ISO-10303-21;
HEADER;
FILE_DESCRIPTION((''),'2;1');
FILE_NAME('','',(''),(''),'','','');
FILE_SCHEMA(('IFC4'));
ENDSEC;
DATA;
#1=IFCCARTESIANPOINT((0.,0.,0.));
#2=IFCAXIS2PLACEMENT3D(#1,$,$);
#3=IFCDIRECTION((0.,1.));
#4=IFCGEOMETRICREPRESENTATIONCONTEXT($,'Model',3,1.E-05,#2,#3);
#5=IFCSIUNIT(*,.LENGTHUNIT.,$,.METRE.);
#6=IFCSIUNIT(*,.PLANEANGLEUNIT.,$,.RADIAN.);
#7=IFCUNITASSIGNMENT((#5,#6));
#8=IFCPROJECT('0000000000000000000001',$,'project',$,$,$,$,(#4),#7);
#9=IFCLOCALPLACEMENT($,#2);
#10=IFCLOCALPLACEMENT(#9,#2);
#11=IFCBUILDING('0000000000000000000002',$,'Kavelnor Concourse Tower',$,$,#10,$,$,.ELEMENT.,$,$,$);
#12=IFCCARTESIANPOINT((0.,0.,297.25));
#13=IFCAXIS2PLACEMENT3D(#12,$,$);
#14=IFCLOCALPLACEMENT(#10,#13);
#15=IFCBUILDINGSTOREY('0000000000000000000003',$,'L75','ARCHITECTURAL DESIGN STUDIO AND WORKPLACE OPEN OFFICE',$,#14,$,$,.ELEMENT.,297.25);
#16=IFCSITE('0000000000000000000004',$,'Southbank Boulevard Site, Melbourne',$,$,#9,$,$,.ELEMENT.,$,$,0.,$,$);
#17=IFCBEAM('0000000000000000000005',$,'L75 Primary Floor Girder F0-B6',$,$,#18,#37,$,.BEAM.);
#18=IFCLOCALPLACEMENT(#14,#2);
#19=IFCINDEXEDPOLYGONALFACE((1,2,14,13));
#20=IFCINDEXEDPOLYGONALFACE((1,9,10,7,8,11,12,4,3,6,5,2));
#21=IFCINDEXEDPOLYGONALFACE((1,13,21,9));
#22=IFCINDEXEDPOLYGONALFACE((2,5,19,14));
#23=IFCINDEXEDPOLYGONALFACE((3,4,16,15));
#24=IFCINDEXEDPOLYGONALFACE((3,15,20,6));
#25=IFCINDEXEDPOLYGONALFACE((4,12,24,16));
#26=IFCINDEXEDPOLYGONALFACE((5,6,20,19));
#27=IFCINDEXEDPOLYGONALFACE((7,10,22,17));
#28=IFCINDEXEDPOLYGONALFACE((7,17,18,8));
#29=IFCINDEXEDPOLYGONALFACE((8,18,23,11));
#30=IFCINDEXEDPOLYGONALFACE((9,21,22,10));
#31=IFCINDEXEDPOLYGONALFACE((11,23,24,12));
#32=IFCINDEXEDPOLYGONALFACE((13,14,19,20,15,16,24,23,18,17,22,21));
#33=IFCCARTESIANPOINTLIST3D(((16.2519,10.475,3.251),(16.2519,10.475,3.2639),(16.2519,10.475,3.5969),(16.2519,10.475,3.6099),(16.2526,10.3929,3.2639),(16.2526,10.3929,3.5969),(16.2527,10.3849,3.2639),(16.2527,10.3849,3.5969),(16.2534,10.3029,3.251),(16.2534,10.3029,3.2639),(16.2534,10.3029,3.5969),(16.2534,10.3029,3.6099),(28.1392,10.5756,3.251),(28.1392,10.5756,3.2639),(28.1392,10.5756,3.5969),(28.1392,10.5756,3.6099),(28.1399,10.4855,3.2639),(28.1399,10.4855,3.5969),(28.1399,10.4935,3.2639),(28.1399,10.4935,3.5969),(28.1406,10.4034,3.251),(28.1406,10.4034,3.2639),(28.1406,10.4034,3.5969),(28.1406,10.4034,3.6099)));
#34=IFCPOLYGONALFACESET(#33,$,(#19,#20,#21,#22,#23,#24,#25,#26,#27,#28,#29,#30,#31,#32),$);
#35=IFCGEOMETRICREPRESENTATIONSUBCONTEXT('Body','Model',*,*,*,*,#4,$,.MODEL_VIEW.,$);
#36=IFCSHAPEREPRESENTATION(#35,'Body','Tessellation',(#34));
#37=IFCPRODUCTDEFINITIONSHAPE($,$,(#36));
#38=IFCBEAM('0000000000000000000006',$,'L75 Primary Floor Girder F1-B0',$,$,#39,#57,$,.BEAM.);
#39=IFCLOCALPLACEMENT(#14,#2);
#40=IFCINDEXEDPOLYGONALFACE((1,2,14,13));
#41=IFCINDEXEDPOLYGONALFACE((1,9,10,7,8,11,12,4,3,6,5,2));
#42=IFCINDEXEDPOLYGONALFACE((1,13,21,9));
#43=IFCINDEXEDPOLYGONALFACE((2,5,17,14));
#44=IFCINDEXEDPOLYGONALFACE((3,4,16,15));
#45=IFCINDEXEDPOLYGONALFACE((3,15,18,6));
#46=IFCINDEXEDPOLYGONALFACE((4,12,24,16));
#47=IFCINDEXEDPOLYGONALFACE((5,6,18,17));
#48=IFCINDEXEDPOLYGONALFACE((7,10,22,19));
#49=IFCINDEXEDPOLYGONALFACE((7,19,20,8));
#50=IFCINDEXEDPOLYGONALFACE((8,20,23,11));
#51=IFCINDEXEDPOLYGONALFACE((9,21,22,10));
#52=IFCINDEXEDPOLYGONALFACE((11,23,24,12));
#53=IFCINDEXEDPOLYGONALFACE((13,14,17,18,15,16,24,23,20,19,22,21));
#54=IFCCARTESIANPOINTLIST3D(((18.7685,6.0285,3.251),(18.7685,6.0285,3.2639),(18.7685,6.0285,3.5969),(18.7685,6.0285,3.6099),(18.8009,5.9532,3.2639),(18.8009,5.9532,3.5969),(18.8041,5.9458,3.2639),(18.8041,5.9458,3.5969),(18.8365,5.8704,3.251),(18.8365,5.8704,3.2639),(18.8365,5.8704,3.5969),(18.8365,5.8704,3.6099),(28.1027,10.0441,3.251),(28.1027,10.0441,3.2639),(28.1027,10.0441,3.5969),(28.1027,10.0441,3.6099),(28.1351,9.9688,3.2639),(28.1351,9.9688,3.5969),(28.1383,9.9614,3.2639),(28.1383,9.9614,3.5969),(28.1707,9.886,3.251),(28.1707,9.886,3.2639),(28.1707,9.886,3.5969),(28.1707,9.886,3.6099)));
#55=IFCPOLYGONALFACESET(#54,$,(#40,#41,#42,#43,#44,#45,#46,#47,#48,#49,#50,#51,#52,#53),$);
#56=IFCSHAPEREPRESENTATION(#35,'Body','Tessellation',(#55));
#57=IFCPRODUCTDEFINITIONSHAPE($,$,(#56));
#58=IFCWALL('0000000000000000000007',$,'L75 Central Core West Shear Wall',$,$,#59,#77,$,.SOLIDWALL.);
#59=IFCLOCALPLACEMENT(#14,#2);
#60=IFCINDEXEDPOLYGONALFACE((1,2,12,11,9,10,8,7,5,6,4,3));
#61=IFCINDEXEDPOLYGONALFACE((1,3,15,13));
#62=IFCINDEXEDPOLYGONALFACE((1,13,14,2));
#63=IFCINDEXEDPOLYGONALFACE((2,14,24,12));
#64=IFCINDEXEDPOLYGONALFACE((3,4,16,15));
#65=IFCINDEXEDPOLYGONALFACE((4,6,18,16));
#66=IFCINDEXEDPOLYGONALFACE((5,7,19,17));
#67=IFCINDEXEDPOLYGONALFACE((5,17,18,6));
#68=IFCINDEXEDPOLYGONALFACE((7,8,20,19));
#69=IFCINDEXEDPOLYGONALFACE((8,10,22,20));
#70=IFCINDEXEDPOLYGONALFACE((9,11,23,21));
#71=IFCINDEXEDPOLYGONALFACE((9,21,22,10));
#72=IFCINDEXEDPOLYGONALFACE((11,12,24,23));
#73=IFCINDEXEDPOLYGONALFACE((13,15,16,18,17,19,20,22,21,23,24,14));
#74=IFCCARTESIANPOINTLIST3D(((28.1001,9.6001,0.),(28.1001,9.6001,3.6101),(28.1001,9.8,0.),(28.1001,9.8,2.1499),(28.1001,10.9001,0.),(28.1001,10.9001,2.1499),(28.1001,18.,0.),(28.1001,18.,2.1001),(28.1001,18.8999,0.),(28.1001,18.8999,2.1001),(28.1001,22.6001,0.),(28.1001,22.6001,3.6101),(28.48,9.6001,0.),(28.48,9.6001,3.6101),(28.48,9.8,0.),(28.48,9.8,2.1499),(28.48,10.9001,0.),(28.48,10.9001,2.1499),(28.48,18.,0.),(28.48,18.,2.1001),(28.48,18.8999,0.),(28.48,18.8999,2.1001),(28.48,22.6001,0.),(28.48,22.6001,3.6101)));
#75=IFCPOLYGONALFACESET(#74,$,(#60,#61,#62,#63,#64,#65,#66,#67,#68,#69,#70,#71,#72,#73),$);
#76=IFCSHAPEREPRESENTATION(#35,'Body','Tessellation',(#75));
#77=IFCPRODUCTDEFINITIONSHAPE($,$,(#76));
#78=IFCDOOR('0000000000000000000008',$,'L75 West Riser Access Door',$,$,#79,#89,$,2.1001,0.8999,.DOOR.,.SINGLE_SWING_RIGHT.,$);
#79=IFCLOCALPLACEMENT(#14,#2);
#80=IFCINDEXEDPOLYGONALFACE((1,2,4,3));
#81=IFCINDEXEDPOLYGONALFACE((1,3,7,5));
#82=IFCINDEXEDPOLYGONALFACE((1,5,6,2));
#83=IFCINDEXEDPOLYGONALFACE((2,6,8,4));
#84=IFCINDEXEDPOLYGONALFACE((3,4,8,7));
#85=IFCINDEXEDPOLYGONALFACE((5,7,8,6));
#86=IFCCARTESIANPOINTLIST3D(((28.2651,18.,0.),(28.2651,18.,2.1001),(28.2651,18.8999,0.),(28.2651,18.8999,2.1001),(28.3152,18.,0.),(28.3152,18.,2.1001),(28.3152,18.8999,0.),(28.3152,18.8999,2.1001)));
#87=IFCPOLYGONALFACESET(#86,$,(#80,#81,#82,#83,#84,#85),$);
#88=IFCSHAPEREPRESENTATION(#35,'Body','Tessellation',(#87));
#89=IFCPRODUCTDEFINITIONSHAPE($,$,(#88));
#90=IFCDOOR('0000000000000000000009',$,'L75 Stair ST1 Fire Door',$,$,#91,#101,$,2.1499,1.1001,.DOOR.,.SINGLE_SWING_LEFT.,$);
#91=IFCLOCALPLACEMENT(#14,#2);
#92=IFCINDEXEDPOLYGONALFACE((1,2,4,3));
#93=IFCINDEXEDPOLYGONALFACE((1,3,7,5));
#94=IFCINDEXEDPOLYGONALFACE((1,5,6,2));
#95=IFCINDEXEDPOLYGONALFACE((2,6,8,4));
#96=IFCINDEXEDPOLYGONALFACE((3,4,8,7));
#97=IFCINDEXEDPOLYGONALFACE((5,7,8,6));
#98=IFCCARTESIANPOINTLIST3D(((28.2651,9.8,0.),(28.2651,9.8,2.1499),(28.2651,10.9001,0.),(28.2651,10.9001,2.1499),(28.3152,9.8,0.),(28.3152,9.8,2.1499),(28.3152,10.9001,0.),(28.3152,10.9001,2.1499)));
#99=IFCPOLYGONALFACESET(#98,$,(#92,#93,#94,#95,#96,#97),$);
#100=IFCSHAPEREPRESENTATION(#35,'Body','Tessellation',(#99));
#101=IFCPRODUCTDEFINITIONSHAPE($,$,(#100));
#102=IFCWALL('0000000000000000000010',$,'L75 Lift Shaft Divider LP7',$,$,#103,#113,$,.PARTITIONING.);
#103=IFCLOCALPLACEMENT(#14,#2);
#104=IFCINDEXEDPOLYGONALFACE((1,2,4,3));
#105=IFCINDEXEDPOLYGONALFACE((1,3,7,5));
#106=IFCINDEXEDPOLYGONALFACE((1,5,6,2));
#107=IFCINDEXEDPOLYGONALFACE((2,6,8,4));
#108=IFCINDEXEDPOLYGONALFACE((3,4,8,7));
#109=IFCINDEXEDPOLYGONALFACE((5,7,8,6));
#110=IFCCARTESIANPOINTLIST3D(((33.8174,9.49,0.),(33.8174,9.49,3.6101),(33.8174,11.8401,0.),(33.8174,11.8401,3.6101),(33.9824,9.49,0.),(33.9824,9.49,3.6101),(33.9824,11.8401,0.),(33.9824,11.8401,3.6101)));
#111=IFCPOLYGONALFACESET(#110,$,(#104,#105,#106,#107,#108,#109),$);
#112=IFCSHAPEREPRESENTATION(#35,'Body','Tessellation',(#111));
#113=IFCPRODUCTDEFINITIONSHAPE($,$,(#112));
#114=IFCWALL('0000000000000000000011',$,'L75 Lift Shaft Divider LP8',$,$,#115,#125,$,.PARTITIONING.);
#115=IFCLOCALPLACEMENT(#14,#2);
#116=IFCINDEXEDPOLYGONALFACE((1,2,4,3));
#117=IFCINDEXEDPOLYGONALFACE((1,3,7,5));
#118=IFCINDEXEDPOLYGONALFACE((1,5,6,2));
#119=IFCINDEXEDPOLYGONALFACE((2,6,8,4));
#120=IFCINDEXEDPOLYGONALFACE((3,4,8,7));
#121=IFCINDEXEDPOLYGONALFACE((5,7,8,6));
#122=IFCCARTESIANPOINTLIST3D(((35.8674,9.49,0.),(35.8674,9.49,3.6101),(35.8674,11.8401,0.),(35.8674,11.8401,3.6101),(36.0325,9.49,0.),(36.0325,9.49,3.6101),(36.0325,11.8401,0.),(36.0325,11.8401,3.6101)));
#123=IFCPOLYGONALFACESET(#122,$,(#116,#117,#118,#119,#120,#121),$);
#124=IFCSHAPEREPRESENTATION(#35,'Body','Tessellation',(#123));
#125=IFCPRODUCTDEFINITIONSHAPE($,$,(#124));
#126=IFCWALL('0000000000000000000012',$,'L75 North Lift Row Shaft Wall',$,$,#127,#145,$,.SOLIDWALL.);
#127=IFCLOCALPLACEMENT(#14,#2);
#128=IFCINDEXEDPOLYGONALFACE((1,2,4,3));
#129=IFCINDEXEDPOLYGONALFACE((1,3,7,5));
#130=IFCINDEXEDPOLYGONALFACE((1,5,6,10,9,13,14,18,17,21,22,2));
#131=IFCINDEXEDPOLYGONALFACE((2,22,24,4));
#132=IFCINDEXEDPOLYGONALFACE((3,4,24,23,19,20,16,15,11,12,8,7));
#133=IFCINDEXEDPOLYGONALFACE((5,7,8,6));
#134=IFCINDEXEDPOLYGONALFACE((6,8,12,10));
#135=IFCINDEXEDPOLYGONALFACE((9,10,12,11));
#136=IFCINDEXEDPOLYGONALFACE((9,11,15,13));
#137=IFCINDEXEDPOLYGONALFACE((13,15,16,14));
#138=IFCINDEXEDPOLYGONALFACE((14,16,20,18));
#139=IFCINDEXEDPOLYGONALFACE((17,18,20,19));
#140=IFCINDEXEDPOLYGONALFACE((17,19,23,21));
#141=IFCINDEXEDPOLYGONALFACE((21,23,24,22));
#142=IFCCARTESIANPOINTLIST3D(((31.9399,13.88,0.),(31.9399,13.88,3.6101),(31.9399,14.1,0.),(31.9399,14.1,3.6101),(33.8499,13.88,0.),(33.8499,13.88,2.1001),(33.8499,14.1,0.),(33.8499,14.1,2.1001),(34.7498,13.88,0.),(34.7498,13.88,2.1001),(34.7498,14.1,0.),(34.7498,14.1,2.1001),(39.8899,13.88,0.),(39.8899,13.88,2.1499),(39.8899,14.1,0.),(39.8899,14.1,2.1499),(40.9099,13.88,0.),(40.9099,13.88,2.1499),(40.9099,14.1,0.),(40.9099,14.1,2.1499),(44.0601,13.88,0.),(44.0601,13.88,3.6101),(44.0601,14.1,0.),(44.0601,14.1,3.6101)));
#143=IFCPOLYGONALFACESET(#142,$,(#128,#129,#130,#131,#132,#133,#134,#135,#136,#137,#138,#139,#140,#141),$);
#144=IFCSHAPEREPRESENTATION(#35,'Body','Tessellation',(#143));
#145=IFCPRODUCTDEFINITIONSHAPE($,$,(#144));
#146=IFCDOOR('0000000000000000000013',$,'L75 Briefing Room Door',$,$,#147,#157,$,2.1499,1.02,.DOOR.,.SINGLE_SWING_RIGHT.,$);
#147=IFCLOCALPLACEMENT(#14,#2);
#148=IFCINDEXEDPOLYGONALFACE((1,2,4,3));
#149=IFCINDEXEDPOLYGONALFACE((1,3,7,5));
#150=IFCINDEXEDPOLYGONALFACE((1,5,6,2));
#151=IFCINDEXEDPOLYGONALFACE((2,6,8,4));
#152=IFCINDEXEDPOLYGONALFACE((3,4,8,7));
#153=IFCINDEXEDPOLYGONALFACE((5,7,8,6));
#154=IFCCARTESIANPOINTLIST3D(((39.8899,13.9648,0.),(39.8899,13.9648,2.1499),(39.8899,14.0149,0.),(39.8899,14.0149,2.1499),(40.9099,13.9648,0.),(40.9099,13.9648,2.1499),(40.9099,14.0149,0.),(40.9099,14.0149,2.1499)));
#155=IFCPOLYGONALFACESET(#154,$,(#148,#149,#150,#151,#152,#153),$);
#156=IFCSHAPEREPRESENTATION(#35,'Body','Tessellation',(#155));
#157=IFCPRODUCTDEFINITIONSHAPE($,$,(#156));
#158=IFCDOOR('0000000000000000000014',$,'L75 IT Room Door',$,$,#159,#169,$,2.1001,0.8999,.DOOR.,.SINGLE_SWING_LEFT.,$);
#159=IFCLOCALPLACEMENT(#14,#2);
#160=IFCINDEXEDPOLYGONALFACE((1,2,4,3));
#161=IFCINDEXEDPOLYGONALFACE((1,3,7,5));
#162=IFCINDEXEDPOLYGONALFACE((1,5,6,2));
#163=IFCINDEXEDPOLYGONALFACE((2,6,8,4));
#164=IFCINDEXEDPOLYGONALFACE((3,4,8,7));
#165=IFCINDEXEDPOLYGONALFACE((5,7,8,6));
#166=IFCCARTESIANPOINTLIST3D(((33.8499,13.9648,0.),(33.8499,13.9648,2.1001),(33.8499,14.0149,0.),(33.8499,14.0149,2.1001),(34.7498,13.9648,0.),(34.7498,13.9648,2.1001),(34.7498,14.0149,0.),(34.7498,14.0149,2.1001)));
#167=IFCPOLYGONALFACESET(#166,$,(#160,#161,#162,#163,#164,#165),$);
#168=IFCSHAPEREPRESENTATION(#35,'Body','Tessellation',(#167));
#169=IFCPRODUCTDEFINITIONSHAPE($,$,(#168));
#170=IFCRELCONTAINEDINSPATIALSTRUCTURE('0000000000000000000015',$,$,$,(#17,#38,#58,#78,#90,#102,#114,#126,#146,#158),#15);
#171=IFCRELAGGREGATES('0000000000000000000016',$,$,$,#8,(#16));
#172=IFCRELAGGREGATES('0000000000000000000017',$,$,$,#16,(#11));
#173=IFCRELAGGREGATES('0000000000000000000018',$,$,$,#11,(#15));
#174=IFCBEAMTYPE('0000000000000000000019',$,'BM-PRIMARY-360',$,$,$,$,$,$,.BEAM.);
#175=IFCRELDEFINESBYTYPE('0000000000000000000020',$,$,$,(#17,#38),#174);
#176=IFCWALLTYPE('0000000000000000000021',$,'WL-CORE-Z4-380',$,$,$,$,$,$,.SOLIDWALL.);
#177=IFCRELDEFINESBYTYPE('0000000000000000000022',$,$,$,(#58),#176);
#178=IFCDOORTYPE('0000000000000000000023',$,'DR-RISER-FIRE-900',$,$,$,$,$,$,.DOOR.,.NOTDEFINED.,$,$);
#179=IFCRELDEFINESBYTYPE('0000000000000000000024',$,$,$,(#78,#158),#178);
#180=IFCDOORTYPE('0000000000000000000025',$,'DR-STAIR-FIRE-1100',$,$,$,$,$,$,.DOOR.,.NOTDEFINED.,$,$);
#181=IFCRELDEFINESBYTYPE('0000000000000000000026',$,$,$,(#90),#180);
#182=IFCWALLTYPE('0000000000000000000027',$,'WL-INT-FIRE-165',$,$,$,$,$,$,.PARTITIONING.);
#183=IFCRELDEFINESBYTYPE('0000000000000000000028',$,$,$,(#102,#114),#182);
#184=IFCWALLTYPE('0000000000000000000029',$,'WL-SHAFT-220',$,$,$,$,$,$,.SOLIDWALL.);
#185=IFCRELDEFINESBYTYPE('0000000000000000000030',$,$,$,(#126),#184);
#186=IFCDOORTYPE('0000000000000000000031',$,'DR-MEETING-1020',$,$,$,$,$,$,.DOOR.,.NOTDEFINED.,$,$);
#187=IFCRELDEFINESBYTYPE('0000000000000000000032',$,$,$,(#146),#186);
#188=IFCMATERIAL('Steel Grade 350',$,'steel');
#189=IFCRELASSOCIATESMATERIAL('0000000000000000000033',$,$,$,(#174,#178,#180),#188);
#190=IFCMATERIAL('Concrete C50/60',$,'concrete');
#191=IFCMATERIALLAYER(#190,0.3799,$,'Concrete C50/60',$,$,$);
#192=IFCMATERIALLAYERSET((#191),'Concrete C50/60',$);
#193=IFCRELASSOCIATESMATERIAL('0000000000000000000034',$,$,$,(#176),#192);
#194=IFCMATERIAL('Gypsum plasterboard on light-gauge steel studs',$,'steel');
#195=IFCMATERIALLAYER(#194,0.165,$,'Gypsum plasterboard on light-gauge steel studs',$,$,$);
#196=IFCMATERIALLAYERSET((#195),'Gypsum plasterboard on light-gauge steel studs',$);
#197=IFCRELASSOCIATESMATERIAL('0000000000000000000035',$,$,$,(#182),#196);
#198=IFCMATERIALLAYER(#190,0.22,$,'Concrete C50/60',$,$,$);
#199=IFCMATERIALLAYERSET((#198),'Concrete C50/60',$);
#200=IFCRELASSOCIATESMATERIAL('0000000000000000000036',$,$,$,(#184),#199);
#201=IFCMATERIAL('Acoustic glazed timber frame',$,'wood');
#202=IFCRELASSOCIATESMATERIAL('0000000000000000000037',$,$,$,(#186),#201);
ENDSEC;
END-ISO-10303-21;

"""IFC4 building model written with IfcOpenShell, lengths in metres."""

from ifc_helpers import new_model, si_unit, direction, frame, frame_2d, origin, origin_2d, place, context, subcontext, project, spatial, rectangle, i_section, extrude, material, layer, layer_set, material_profile, profile_set, type_object, element, fill, save


model = new_model("IFC4")

# Units and contexts
model_context = context("Model", 3, precision=1e-05, world=origin(), true_north=direction((0.0, 1.0)))
body_context = subcontext(model_context, "Body", "Model", "MODEL_VIEW")
ifc_project = project(units=[si_unit("LENGTHUNIT", "METRE"), si_unit("PLANEANGLEUNIT", "RADIAN")], contexts=[model_context])

# Site, building, storey
site_placement = place(None, origin())
site = spatial("IfcSite", under=ifc_project, at=site_placement, Name="Southbank Boulevard Site, Melbourne", CompositionType="ELEMENT", RefElevation=0.0)
building_placement = place(site_placement, origin())
building = spatial("IfcBuilding", under=site, at=building_placement, Name="Kavelnor Concourse Tower", CompositionType="ELEMENT")
storey_placement = place(building_placement, frame((0.0, 0.0, 297.25)))
storey = spatial("IfcBuildingStorey", under=building, at=storey_placement, Name="L75", Description="ARCHITECTURAL DESIGN STUDIO AND WORKPLACE OPEN OFFICE", CompositionType="ELEMENT", Elevation=297.25)

# Beams
ifc_material_1 = material(Name="Steel Grade 350", Category="steel")
ifc_material_profile = material_profile(ifc_material_1, i_section(OverallWidth=0.1721, OverallDepth=0.3589, WebThickness=0.0081, FlangeThickness=0.0129, at=origin_2d()), Name="360UB56")
ifc_profile_set = profile_set([ifc_material_profile], Name="Steel Grade 350")
beam_type = type_object("IfcBeamType", Name="BM-PRIMARY-360", PredefinedType="BEAM", material=ifc_profile_set)
beam_1_placement = place(storey_placement, frame((28.1399, 10.4895, 3.4304), z_axis=(-0.999964, -0.008461, 0.0), x_axis=(0.008461, -0.999964, 0.0)))
element("IfcBeam", 1, at=beam_1_placement, inside=storey, type_object=beam_type, Name="L75 Primary Floor Girder F0-B6", PredefinedType="BEAM", context=body_context, shape_type="SweptSolid", body=[
    extrude(i_section(OverallWidth=0.1721, OverallDepth=0.3589, WebThickness=0.0081, FlangeThickness=0.0129, at=origin_2d()), origin(), (0.0, 0.0, 1.0), 11.8877),
])
beam_2_placement = place(storey_placement, frame((28.1367, 9.9651, 3.4304), z_axis=(-0.918601, -0.395186, 0.0), x_axis=(0.395186, -0.918601, 0.0)))
element("IfcBeam", 2, at=beam_2_placement, inside=storey, type_object=beam_type, Name="L75 Primary Floor Girder F1-B0", PredefinedType="BEAM", context=body_context, shape_type="SweptSolid", body=[
    extrude(i_section(OverallWidth=0.1721, OverallDepth=0.3589, WebThickness=0.0081, FlangeThickness=0.0129, at=origin_2d()), origin(), (0.0, 0.0, 1.0), 10.1614),
])

# Wall, openings, doors
ifc_material_2 = material(Name="Concrete C50/60", Category="concrete")
ifc_layer_1 = layer(ifc_material_2, 0.3799, Name="Concrete C50/60")
ifc_layer_set_1 = layer_set([ifc_layer_1], Name="Concrete C50/60")
wall_type_1 = type_object("IfcWallType", Name="WL-CORE-Z4-380", PredefinedType="SOLIDWALL", material=ifc_layer_set_1)
wall_1_placement = place(storey_placement, frame((28.29, 9.6001, 0.0), z_axis=(0.0, 0.0, 1.0), x_axis=(0.0, 1.0, 0.0)))
wall_1 = element("IfcWall", 3, at=wall_1_placement, inside=storey, type_object=wall_type_1, Name="L75 Central Core West Shear Wall", PredefinedType="SOLIDWALL", context=body_context, shape_type="SweptSolid", body=[
    extrude(rectangle(XDim=13.0, YDim=0.3799, at=frame_2d((6.5, 0.0))), origin(), (0.0, 0.0, 1.0), 3.6101),
])
opening_1_placement = place(wall_1_placement, frame((0.2, 0.0, 0.0)))
opening_1 = element("IfcOpeningElement", 4, at=opening_1_placement, cuts=wall_1, PredefinedType="OPENING", context=body_context, shape_type="SweptSolid", body=[
    extrude(rectangle(XDim=1.1001, YDim=2.1499, at=frame_2d((0.55, 1.075))), frame((0.0, 0.2, 0.0), z_axis=(0.0, -1.0, 0.0), x_axis=(1.0, 0.0, 0.0)), (0.0, 0.0, 1.0), 0.3999),
])
opening_2_placement = place(wall_1_placement, frame((8.3999, 0.0, 0.0)))
opening_2 = element("IfcOpeningElement", 5, at=opening_2_placement, cuts=wall_1, PredefinedType="OPENING", context=body_context, shape_type="SweptSolid", body=[
    extrude(rectangle(XDim=0.8999, YDim=2.1001, at=frame_2d((0.45, 1.05))), frame((0.0, 0.2, 0.0), z_axis=(0.0, -1.0, 0.0), x_axis=(1.0, 0.0, 0.0)), (0.0, 0.0, 1.0), 0.3999),
])
door_type_1 = type_object("IfcDoorType", Name="DR-RISER-FIRE-900", OperationType="NOTDEFINED", PredefinedType="DOOR", material=ifc_material_1)
door_1_placement = place(opening_2_placement, origin())
door_1 = element("IfcDoor", 6, at=door_1_placement, inside=storey, type_object=door_type_1, Name="L75 West Riser Access Door", OperationType="SINGLE_SWING_RIGHT", OverallHeight=2.1001, OverallWidth=0.8999, PredefinedType="DOOR", context=body_context, shape_type="SweptSolid", body=[
    extrude(rectangle(XDim=0.8999, YDim=2.1001, at=frame_2d((0.45, 1.05))), frame((0.0, 0.0249, 0.0), z_axis=(0.0, -1.0, 0.0), x_axis=(1.0, 0.0, 0.0)), (0.0, 0.0, 1.0), 0.05),
])
fill(opening_2, door_1)
door_type_2 = type_object("IfcDoorType", Name="DR-STAIR-FIRE-1100", OperationType="NOTDEFINED", PredefinedType="DOOR", material=ifc_material_1)
door_2_placement = place(opening_1_placement, origin())
door_2 = element("IfcDoor", 7, at=door_2_placement, inside=storey, type_object=door_type_2, Name="L75 Stair ST1 Fire Door", OperationType="SINGLE_SWING_LEFT", OverallHeight=2.1499, OverallWidth=1.1001, PredefinedType="DOOR", context=body_context, shape_type="SweptSolid", body=[
    extrude(rectangle(XDim=1.1001, YDim=2.1499, at=frame_2d((0.55, 1.075))), frame((0.0, 0.0249, 0.0), z_axis=(0.0, -1.0, 0.0), x_axis=(1.0, 0.0, 0.0)), (0.0, 0.0, 1.0), 0.05),
])
fill(opening_1, door_2)

# Walls
ifc_material_3 = material(Name="Gypsum plasterboard on light-gauge steel studs", Category="steel")
ifc_layer_2 = layer(ifc_material_3, 0.165, Name="Gypsum plasterboard on light-gauge steel studs")
ifc_layer_set_2 = layer_set([ifc_layer_2], Name="Gypsum plasterboard on light-gauge steel studs")
wall_type_2 = type_object("IfcWallType", Name="WL-INT-FIRE-165", PredefinedType="PARTITIONING", material=ifc_layer_set_2)
for number, where, z_axis, x_axis, name in (
    (8, (33.8999, 9.49, 0.0), (0.0, 0.0, 1.0), (0.0, 1.0, 0.0), "L75 Lift Shaft Divider LP7"),
    (9, (35.95, 9.49, 0.0), (0.0, 0.0, 1.0), (0.0, 1.0, 0.0), "L75 Lift Shaft Divider LP8"),
):
    element("IfcWall", number, at=place(storey_placement, frame(where, z_axis=z_axis, x_axis=x_axis)), inside=storey, type_object=wall_type_2, Name=name, PredefinedType="PARTITIONING", context=body_context, shape_type="SweptSolid", body=[
        extrude(rectangle(XDim=2.3501, YDim=0.165, at=frame_2d((1.175, 0.0))), origin(), (0.0, 0.0, 1.0), 3.6101),
    ])

# Wall, openings, doors
ifc_layer_3 = layer(ifc_material_2, 0.22, Name="Concrete C50/60")
ifc_layer_set_3 = layer_set([ifc_layer_3], Name="Concrete C50/60")
wall_type_3 = type_object("IfcWallType", Name="WL-SHAFT-220", PredefinedType="SOLIDWALL", material=ifc_layer_set_3)
wall_2_placement = place(storey_placement, frame((31.9399, 13.99, 0.0), z_axis=(0.0, 0.0, 1.0), x_axis=(1.0, 0.0, 0.0)))
wall_2 = element("IfcWall", 10, at=wall_2_placement, inside=storey, type_object=wall_type_3, Name="L75 North Lift Row Shaft Wall", PredefinedType="SOLIDWALL", context=body_context, shape_type="SweptSolid", body=[
    extrude(rectangle(XDim=12.1201, YDim=0.22, at=frame_2d((6.0601, 0.0))), origin(), (0.0, 0.0, 1.0), 3.6101),
])
opening_3_placement = place(wall_2_placement, frame((1.9099, 0.0, 0.0)))
opening_3 = element("IfcOpeningElement", 11, at=opening_3_placement, cuts=wall_2, PredefinedType="OPENING", context=body_context, shape_type="SweptSolid", body=[
    extrude(rectangle(XDim=0.8999, YDim=2.1001, at=frame_2d((0.45, 1.05))), frame((0.0, 0.1201, 0.0), z_axis=(0.0, -1.0, 0.0), x_axis=(1.0, 0.0, 0.0)), (0.0, 0.0, 1.0), 0.24),
])
opening_4_placement = place(wall_2_placement, frame((7.95, 0.0, 0.0)))
opening_4 = element("IfcOpeningElement", 12, at=opening_4_placement, cuts=wall_2, PredefinedType="OPENING", context=body_context, shape_type="SweptSolid", body=[
    extrude(rectangle(XDim=1.02, YDim=2.1499, at=frame_2d((0.51, 1.075))), frame((0.0, 0.1201, 0.0), z_axis=(0.0, -1.0, 0.0), x_axis=(1.0, 0.0, 0.0)), (0.0, 0.0, 1.0), 0.24),
])
ifc_material_4 = material(Name="Acoustic glazed timber frame", Category="wood")
door_type_3 = type_object("IfcDoorType", Name="DR-MEETING-1020", OperationType="NOTDEFINED", PredefinedType="DOOR", material=ifc_material_4)
door_3_placement = place(opening_4_placement, origin())
door_3 = element("IfcDoor", 13, at=door_3_placement, inside=storey, type_object=door_type_3, Name="L75 Briefing Room Door", OperationType="SINGLE_SWING_RIGHT", OverallHeight=2.1499, OverallWidth=1.02, PredefinedType="DOOR", context=body_context, shape_type="SweptSolid", body=[
    extrude(rectangle(XDim=1.02, YDim=2.1499, at=frame_2d((0.51, 1.075))), frame((0.0, 0.0249, 0.0), z_axis=(0.0, -1.0, 0.0), x_axis=(1.0, 0.0, 0.0)), (0.0, 0.0, 1.0), 0.05),
])
fill(opening_4, door_3)
door_4_placement = place(opening_3_placement, origin())
door_4 = element("IfcDoor", 14, at=door_4_placement, inside=storey, type_object=door_type_1, Name="L75 IT Room Door", OperationType="SINGLE_SWING_LEFT", OverallHeight=2.1001, OverallWidth=0.8999, PredefinedType="DOOR", context=body_context, shape_type="SweptSolid", body=[
    extrude(rectangle(XDim=0.8999, YDim=2.1001, at=frame_2d((0.45, 1.05))), frame((0.0, 0.0249, 0.0), z_axis=(0.0, -1.0, 0.0), x_axis=(1.0, 0.0, 0.0)), (0.0, 0.0, 1.0), 0.05),
])
fill(opening_3, door_4)

save(model, "model.ifc")
